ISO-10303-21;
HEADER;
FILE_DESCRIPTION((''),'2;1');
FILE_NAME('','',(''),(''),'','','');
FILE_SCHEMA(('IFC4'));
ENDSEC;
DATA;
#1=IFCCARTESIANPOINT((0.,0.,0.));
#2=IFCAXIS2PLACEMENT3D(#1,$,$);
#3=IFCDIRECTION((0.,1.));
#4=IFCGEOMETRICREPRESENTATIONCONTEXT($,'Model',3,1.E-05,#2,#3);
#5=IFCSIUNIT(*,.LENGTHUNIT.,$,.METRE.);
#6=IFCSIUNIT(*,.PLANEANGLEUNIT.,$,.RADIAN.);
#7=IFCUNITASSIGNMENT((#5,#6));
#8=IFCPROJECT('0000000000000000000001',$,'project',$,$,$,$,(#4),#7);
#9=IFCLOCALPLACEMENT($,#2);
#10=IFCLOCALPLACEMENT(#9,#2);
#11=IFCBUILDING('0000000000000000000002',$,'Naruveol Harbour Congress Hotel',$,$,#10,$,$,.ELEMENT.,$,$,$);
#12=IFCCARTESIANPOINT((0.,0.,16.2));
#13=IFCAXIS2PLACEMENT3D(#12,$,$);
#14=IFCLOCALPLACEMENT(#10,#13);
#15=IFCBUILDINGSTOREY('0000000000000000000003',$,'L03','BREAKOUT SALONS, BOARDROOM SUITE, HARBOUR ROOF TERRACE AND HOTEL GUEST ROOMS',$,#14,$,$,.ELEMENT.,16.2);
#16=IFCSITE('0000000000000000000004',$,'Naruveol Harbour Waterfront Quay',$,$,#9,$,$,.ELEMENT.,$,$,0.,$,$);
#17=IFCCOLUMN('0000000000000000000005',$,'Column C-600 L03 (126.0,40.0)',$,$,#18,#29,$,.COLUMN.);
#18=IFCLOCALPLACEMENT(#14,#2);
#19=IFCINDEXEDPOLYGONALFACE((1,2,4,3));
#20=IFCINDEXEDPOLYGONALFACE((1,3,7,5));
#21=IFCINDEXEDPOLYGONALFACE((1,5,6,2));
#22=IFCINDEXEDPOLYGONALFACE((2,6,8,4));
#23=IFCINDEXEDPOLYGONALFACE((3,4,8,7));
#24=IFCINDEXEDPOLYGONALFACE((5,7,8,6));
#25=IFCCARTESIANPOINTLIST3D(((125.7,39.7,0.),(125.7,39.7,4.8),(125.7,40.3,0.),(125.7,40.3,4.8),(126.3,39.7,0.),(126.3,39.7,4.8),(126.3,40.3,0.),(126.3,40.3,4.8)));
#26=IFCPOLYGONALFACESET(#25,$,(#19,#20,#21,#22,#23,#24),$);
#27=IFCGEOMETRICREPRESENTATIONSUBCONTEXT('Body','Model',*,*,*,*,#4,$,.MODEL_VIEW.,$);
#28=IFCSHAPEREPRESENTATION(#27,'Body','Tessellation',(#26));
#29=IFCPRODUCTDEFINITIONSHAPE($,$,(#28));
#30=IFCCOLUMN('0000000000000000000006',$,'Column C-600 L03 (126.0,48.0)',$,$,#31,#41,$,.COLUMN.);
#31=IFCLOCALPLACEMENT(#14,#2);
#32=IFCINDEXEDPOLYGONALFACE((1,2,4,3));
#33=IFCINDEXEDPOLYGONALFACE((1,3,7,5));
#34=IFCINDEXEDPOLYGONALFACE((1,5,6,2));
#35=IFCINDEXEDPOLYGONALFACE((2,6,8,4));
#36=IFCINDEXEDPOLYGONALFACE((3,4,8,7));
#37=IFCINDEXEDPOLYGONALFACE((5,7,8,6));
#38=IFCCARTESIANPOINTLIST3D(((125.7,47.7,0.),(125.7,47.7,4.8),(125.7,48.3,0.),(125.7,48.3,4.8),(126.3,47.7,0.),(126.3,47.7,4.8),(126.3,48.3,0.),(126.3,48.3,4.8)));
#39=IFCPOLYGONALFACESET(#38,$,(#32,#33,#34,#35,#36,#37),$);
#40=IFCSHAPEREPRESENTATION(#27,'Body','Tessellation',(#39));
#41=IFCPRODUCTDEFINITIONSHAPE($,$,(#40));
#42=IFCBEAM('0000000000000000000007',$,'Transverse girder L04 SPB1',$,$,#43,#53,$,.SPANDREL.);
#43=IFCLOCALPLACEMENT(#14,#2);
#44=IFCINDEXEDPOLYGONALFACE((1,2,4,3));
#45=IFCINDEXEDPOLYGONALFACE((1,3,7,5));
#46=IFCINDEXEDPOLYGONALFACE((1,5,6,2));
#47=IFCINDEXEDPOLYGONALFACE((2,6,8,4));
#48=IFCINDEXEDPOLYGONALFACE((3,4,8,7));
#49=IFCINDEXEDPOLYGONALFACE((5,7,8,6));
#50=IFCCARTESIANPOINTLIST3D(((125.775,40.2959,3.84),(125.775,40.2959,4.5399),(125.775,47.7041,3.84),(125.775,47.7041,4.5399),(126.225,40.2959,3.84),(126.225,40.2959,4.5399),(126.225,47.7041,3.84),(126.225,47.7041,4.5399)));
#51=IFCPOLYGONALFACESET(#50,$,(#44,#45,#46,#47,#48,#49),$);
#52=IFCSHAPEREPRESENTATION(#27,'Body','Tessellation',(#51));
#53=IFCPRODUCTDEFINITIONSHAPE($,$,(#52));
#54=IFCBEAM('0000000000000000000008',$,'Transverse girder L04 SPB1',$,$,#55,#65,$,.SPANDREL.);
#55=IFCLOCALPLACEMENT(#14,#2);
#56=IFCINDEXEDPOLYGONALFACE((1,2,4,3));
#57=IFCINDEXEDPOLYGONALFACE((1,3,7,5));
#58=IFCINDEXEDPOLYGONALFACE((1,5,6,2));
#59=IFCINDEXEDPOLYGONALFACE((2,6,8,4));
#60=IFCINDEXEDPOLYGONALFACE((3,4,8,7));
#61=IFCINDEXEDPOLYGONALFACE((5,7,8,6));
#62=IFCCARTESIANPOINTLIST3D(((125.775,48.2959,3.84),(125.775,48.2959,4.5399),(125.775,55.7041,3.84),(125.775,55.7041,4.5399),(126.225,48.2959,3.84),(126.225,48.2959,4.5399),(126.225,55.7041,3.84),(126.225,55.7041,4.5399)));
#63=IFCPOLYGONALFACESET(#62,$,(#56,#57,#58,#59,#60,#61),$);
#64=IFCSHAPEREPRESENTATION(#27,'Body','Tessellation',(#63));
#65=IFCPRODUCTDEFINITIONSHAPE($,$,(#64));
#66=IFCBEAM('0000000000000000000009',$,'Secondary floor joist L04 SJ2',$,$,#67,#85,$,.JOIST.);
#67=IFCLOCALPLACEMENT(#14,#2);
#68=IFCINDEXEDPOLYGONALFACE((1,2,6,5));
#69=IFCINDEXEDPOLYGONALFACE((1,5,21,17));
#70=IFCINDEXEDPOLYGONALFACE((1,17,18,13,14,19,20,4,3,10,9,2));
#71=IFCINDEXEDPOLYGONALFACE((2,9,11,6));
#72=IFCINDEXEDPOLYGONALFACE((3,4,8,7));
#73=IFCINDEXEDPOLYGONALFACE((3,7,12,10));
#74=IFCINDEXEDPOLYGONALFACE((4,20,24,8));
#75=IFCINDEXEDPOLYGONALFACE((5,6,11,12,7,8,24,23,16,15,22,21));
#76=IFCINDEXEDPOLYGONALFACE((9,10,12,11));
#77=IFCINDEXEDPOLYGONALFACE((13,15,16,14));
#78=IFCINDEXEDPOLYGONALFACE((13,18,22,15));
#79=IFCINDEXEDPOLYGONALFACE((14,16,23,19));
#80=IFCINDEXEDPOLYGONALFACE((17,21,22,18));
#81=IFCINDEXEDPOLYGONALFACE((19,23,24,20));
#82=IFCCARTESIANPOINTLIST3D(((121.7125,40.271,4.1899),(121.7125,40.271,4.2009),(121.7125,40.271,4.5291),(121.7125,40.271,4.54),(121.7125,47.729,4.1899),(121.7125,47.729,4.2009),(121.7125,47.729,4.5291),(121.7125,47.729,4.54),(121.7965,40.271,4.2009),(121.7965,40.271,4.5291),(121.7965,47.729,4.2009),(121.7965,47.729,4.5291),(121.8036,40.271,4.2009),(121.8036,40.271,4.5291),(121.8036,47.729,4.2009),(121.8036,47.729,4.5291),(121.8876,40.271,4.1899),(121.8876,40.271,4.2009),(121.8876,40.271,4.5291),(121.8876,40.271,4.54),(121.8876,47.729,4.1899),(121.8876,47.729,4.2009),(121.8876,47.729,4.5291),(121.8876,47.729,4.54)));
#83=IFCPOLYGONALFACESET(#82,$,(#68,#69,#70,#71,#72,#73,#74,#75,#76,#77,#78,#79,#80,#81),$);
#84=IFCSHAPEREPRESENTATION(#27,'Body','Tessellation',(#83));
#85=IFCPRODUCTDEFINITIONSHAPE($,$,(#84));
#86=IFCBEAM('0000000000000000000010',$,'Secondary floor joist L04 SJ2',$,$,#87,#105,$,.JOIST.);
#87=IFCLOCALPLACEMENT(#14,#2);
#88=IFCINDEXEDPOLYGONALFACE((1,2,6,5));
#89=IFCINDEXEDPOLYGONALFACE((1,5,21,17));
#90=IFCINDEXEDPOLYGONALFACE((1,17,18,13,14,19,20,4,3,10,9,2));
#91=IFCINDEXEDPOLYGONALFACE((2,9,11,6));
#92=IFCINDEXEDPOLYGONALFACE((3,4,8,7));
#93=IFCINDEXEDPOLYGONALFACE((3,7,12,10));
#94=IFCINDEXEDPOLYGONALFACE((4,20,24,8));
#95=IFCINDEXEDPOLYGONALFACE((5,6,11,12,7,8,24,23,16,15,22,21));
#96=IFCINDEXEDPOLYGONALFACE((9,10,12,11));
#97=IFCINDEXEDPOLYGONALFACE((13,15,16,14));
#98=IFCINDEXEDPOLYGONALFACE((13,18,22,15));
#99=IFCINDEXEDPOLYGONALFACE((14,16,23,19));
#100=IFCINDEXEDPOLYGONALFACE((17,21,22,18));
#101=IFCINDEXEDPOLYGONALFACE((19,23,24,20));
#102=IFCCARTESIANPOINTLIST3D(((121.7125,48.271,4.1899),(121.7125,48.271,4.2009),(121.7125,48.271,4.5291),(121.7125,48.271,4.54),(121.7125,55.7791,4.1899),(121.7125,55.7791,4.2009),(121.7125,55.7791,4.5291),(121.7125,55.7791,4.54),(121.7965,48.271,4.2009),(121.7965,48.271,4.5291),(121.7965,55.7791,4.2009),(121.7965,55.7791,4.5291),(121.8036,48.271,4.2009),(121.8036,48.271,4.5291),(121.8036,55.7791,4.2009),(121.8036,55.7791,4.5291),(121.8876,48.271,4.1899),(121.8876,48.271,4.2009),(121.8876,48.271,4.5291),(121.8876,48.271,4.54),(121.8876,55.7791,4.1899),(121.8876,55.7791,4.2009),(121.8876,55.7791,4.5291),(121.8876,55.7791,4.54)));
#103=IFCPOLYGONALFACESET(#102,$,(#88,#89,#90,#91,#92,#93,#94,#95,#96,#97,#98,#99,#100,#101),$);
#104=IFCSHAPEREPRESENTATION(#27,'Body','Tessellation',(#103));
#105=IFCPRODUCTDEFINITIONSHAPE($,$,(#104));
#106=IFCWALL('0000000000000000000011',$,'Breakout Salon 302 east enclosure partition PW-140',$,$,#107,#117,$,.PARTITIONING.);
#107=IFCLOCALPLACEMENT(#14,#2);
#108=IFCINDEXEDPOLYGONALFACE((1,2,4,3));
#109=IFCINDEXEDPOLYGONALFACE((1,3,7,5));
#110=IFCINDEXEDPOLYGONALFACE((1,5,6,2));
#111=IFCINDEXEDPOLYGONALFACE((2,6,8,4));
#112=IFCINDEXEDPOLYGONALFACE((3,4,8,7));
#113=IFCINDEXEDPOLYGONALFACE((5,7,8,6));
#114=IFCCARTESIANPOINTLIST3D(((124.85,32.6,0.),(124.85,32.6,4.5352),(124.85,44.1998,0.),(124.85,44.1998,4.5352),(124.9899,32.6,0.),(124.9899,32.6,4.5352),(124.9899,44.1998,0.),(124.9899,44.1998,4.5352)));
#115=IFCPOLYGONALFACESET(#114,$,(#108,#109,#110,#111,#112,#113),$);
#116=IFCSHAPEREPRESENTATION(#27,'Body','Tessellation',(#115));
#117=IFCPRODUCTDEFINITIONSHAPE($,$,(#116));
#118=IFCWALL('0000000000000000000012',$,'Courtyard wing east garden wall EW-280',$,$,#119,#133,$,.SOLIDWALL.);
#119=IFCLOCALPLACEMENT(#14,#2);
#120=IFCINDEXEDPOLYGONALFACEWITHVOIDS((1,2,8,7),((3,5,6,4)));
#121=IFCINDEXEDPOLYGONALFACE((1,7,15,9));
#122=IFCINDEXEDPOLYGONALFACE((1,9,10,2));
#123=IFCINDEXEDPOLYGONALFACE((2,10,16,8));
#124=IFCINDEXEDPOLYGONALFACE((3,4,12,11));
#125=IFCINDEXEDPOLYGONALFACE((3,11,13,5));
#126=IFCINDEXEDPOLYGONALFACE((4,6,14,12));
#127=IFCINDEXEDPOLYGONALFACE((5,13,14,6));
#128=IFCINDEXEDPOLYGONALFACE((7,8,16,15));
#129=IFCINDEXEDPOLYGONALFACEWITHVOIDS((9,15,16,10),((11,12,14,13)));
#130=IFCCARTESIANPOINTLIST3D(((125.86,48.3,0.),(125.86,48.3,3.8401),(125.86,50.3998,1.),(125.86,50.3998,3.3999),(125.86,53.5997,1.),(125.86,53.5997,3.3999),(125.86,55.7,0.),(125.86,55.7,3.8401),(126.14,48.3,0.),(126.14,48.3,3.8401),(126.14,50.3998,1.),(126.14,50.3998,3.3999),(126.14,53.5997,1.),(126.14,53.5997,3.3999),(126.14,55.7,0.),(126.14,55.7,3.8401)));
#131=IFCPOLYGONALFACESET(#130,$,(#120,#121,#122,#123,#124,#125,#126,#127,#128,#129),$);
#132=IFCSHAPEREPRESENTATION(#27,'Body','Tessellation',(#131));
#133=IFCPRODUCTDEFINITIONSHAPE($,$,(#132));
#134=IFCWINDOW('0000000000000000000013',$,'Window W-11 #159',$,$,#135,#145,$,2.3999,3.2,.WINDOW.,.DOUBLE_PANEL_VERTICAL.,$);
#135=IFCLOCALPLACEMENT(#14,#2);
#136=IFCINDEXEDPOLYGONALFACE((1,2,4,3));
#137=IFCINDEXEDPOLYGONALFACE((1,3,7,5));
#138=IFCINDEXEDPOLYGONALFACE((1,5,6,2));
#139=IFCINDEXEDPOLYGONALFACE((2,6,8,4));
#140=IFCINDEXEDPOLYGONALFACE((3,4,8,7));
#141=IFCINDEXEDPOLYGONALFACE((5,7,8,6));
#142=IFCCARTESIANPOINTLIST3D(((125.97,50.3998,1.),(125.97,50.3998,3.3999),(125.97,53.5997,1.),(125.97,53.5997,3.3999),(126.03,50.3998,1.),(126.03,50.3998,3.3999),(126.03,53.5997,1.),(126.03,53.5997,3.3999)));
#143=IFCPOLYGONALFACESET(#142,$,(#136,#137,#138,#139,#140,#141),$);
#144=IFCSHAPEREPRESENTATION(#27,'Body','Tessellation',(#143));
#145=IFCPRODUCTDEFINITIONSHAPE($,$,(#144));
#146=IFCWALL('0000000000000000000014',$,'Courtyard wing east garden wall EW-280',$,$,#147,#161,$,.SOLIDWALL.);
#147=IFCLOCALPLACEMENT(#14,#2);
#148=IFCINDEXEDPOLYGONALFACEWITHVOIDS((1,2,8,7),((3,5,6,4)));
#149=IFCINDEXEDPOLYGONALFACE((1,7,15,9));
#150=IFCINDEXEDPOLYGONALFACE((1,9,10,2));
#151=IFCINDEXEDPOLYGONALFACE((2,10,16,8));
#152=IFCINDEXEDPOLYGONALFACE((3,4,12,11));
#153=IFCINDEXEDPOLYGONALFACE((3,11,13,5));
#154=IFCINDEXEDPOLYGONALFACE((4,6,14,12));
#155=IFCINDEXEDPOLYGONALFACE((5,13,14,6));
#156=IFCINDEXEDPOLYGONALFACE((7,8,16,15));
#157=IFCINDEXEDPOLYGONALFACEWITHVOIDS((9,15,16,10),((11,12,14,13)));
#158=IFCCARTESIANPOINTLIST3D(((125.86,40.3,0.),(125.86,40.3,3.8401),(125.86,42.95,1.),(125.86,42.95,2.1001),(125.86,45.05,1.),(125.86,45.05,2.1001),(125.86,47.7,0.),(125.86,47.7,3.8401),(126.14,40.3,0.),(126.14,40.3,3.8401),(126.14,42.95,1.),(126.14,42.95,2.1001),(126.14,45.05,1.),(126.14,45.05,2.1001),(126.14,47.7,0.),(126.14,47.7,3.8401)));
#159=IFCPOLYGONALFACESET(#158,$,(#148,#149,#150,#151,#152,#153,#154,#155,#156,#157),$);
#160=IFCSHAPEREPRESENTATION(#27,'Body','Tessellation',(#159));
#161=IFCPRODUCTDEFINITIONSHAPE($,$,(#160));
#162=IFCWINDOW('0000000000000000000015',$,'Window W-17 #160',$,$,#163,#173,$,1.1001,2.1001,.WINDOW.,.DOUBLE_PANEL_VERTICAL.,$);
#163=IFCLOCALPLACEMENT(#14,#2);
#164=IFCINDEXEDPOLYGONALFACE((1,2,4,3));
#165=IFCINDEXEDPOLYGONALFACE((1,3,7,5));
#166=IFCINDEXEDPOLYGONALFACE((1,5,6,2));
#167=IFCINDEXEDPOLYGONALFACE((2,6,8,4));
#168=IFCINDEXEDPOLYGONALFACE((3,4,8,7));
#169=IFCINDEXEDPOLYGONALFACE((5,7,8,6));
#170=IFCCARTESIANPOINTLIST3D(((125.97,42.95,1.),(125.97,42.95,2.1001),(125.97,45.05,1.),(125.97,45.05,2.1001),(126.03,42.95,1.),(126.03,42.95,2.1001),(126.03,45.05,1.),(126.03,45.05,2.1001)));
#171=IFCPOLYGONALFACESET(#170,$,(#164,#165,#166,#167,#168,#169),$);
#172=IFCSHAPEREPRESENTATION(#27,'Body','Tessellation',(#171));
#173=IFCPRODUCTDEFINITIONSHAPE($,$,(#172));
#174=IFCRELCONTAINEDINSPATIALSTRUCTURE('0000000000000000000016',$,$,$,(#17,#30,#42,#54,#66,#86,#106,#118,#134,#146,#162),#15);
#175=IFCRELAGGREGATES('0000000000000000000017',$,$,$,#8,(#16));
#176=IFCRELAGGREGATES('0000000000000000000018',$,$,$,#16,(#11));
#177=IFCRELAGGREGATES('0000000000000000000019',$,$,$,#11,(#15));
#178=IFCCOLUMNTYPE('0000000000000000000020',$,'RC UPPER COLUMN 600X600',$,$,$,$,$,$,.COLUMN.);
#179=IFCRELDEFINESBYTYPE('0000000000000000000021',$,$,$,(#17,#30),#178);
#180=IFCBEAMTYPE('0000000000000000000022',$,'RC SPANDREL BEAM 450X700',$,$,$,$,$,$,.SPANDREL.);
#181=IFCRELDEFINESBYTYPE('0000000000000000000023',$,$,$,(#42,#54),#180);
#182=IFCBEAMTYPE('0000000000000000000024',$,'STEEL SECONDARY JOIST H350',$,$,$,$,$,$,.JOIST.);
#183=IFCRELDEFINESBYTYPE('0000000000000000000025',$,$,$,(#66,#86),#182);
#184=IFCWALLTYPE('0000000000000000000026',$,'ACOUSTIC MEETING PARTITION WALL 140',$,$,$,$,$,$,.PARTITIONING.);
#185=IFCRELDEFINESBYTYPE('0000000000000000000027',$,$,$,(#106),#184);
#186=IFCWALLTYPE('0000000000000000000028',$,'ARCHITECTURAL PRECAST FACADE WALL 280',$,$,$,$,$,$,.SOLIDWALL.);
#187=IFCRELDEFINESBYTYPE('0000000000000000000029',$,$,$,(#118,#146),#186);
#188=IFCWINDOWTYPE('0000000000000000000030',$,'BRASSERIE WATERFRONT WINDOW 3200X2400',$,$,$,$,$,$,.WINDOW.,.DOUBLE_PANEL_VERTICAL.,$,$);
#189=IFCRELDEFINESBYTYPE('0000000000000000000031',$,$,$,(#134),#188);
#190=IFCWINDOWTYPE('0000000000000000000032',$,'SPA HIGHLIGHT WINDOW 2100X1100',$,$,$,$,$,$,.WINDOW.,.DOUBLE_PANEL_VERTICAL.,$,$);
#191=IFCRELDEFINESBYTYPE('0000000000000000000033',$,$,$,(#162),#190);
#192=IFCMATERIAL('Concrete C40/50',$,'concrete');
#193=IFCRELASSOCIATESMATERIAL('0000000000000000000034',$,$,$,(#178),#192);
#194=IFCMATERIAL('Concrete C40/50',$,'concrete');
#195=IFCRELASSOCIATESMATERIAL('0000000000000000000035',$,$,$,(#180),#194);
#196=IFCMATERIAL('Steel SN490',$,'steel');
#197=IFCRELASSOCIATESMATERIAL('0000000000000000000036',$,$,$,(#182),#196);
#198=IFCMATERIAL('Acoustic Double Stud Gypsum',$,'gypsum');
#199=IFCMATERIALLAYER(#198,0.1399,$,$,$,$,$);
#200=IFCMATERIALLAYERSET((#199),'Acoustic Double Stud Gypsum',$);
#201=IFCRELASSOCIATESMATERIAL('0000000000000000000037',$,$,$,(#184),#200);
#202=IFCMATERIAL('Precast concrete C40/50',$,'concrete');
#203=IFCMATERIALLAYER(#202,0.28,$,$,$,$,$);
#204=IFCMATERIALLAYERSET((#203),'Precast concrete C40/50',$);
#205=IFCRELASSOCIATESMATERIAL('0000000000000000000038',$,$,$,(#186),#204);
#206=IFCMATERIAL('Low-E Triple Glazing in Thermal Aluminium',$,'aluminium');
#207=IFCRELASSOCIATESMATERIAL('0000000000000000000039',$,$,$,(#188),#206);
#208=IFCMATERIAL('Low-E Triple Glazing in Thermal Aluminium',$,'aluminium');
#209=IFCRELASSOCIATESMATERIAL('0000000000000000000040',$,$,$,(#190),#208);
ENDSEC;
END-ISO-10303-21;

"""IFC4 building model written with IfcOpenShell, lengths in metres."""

from ifc_helpers import new_model, si_unit, direction, frame, frame_2d, origin, origin_2d, place, context, subcontext, project, spatial, rectangle, i_section, extrude, material, layer, layer_set, material_profile, profile_set, type_object, element, fill, save


model = new_model("IFC4")

# Units and contexts
model_context = context("Model", 3, precision=1e-05, world=origin(), true_north=direction((0.0, 1.0)))
body_context = subcontext(model_context, "Body", "Model", "MODEL_VIEW")
ifc_project = project(units=[si_unit("LENGTHUNIT", "METRE"), si_unit("PLANEANGLEUNIT", "RADIAN")], contexts=[model_context])

# Site, building, storey
site_placement = place(None, origin())
site = spatial("IfcSite", under=ifc_project, at=site_placement, Name="Naruveol Harbour Waterfront Quay", CompositionType="ELEMENT", RefElevation=0.0)
building_placement = place(site_placement, origin())
building = spatial("IfcBuilding", under=site, at=building_placement, Name="Naruveol Harbour Congress Hotel", CompositionType="ELEMENT")
storey_placement = place(building_placement, frame((0.0, 0.0, 16.2)))
storey = spatial("IfcBuildingStorey", under=building, at=storey_placement, Name="L03", Description="BREAKOUT SALONS, BOARDROOM SUITE, HARBOUR ROOF TERRACE AND HOTEL GUEST ROOMS", CompositionType="ELEMENT", Elevation=16.2)

# Columns
ifc_material_1 = material(Name="Concrete C40/50", Category="concrete")
ifc_material_profile_1 = material_profile(ifc_material_1, rectangle(XDim=0.6001, YDim=0.6001, at=origin_2d()), Name="RC-600x600")
ifc_profile_set_1 = profile_set([ifc_material_profile_1], Name="Concrete C40/50")
column_type = type_object("IfcColumnType", Name="RC UPPER COLUMN 600X600", PredefinedType="COLUMN", material=ifc_profile_set_1)
for number, where, z_axis, x_axis, name in (
    (1, (126.0, 40.0, 0.0), (0.0, 0.0, 1.0), (1.0, 0.0, 0.0), "Column C-600 L03 (126.0,40.0)"),
    (2, (126.0, 48.0, 0.0), (0.0, 0.0, 1.0), (1.0, 0.0, 0.0), "Column C-600 L03 (126.0,48.0)"),
):
    element("IfcColumn", number, at=place(storey_placement, frame(where, z_axis=z_axis, x_axis=x_axis)), inside=storey, type_object=column_type, Name=name, PredefinedType="COLUMN", context=body_context, shape_type="SweptSolid", body=[
        extrude(rectangle(XDim=0.6001, YDim=0.6001, at=origin_2d()), origin(), (0.0, 0.0, 1.0), 4.8),
    ])

# Beams
ifc_material_2 = material(Name="Concrete C40/50", Category="concrete")
ifc_material_profile_2 = material_profile(ifc_material_2, rectangle(XDim=0.45, YDim=0.7, at=origin_2d()), Name="RCB-450x700")
ifc_profile_set_2 = profile_set([ifc_material_profile_2], Name="Concrete C40/50")
beam_type_1 = type_object("IfcBeamType", Name="RC SPANDREL BEAM 450X700", PredefinedType="SPANDREL", material=ifc_profile_set_2)
for number, where, z_axis, x_axis, name in (
    (3, (126.0, 40.2959, 4.1899), (0.0, 1.0, 0.0), (-1.0, 0.0, 0.0), "Transverse girder L04 SPB1"),
    (4, (126.0, 48.2959, 4.1899), (0.0, 1.0, 0.0), (-1.0, 0.0, 0.0), "Transverse girder L04 SPB1"),
):
    element("IfcBeam", number, at=place(storey_placement, frame(where, z_axis=z_axis, x_axis=x_axis)), inside=storey, type_object=beam_type_1, Name=name, PredefinedType="SPANDREL", context=body_context, shape_type="SweptSolid", body=[
        extrude(rectangle(XDim=0.45, YDim=0.7, at=origin_2d()), origin(), (0.0, 0.0, 1.0), 7.4082),
    ])
ifc_material_3 = material(Name="Steel SN490", Category="steel")
ifc_material_profile_3 = material_profile(ifc_material_3, i_section(OverallWidth=0.175, OverallDepth=0.3501, WebThickness=0.0071, FlangeThickness=0.011, at=origin_2d()), Name="H-350x175x7x11")
ifc_profile_set_3 = profile_set([ifc_material_profile_3], Name="Steel SN490")
beam_type_2 = type_object("IfcBeamType", Name="STEEL SECONDARY JOIST H350", PredefinedType="JOIST", material=ifc_profile_set_3)
beam_1_placement = place(storey_placement, frame((121.8, 40.271, 4.365), z_axis=(0.0, 1.0, 0.0), x_axis=(-1.0, 0.0, 0.0)))
element("IfcBeam", 5, at=beam_1_placement, inside=storey, type_object=beam_type_2, Name="Secondary floor joist L04 SJ2", PredefinedType="JOIST", context=body_context, shape_type="SweptSolid", body=[
    extrude(i_section(OverallWidth=0.175, OverallDepth=0.3501, WebThickness=0.0071, FlangeThickness=0.011, at=origin_2d()), origin(), (0.0, 0.0, 1.0), 7.458),
])
beam_2_placement = place(storey_placement, frame((121.8, 48.271, 4.365), z_axis=(0.0, 1.0, 0.0), x_axis=(-1.0, 0.0, 0.0)))
element("IfcBeam", 6, at=beam_2_placement, inside=storey, type_object=beam_type_2, Name="Secondary floor joist L04 SJ2", PredefinedType="JOIST", context=body_context, shape_type="SweptSolid", body=[
    extrude(i_section(OverallWidth=0.175, OverallDepth=0.3501, WebThickness=0.0071, FlangeThickness=0.011, at=origin_2d()), origin(), (0.0, 0.0, 1.0), 7.5081),
])

# Wall
ifc_material_4 = material(Name="Acoustic Double Stud Gypsum", Category="gypsum")
ifc_layer_1 = layer(ifc_material_4, 0.1399)
ifc_layer_set_1 = layer_set([ifc_layer_1], Name="Acoustic Double Stud Gypsum")
wall_type_1 = type_object("IfcWallType", Name="ACOUSTIC MEETING PARTITION WALL 140", PredefinedType="PARTITIONING", material=ifc_layer_set_1)
wall_1_placement = place(storey_placement, frame((124.9199, 32.6001, 0.0), z_axis=(0.0, 0.0, 1.0), x_axis=(0.0, 1.0, 0.0)))
element("IfcWall", 7, at=wall_1_placement, inside=storey, type_object=wall_type_1, Name="Breakout Salon 302 east enclosure partition PW-140", PredefinedType="PARTITIONING", context=body_context, shape_type="SweptSolid", body=[
    extrude(rectangle(XDim=11.5999, YDim=0.1399, at=frame_2d((5.7998, 0.0))), origin(), (0.0, 0.0, 1.0), 4.5352),
])

# Walls, openings, windows
ifc_material_5 = material(Name="Precast concrete C40/50", Category="concrete")
ifc_layer_2 = layer(ifc_material_5, 0.28)
ifc_layer_set_2 = layer_set([ifc_layer_2], Name="Precast concrete C40/50")
wall_type_2 = type_object("IfcWallType", Name="ARCHITECTURAL PRECAST FACADE WALL 280", PredefinedType="SOLIDWALL", material=ifc_layer_set_2)
wall_2_placement = place(storey_placement, frame((126.0, 55.7, 0.0), z_axis=(0.0, 0.0, 1.0), x_axis=(0.0, -1.0, 0.0)))
wall_2 = element("IfcWall", 8, at=wall_2_placement, inside=storey, type_object=wall_type_2, Name="Courtyard wing east garden wall EW-280", PredefinedType="SOLIDWALL", context=body_context, shape_type="SweptSolid", body=[
    extrude(rectangle(XDim=7.3999, YDim=0.28, at=frame_2d((3.7, 0.0))), origin(), (0.0, 0.0, 1.0), 3.8401),
])
opening_1_placement = place(wall_2_placement, frame((2.1001, 0.0, 1.0)))
opening_1 = element("IfcOpeningElement", 9, at=opening_1_placement, cuts=wall_2, PredefinedType="OPENING", context=body_context, shape_type="SweptSolid", body=[
    extrude(rectangle(XDim=3.2, YDim=2.3999, at=frame_2d((1.6001, 1.2))), frame((0.0, 0.1499, 0.0), z_axis=(0.0, -1.0, 0.0), x_axis=(1.0, 0.0, 0.0)), (0.0, 0.0, 1.0), 0.3),
])
ifc_material_6 = material(Name="Low-E Triple Glazing in Thermal Aluminium", Category="aluminium")
window_type_1 = type_object("IfcWindowType", Name="BRASSERIE WATERFRONT WINDOW 3200X2400", PartitioningType="DOUBLE_PANEL_VERTICAL", PredefinedType="WINDOW", material=ifc_material_6)
window_1_placement = place(opening_1_placement, origin())
window_1 = element("IfcWindow", 10, at=window_1_placement, inside=storey, type_object=window_type_1, Name="Window W-11 #159", OverallHeight=2.3999, OverallWidth=3.2, PartitioningType="DOUBLE_PANEL_VERTICAL", PredefinedType="WINDOW", context=body_context, shape_type="SweptSolid", body=[
    extrude(rectangle(XDim=3.2, YDim=2.3999, at=frame_2d((1.6001, 1.2))), frame((0.0, 0.03, 0.0), z_axis=(0.0, -1.0, 0.0), x_axis=(1.0, 0.0, 0.0)), (0.0, 0.0, 1.0), 0.0601),
])
fill(opening_1, window_1)
wall_3_placement = place(storey_placement, frame((126.0, 47.7, 0.0), z_axis=(0.0, 0.0, 1.0), x_axis=(0.0, -1.0, 0.0)))
wall_3 = element("IfcWall", 11, at=wall_3_placement, inside=storey, type_object=wall_type_2, Name="Courtyard wing east garden wall EW-280", PredefinedType="SOLIDWALL", context=body_context, shape_type="SweptSolid", body=[
    extrude(rectangle(XDim=7.3999, YDim=0.28, at=frame_2d((3.7, 0.0))), origin(), (0.0, 0.0, 1.0), 3.8401),
])
opening_2_placement = place(wall_3_placement, frame((2.6499, 0.0, 1.0)))
opening_2 = element("IfcOpeningElement", 12, at=opening_2_placement, cuts=wall_3, PredefinedType="OPENING", context=body_context, shape_type="SweptSolid", body=[
    extrude(rectangle(XDim=2.1001, YDim=1.1001, at=frame_2d((1.05, 0.55))), frame((0.0, 0.1499, 0.0), z_axis=(0.0, -1.0, 0.0), x_axis=(1.0, 0.0, 0.0)), (0.0, 0.0, 1.0), 0.3),
])
ifc_material_7 = material(Name="Low-E Triple Glazing in Thermal Aluminium", Category="aluminium")
window_type_2 = type_object("IfcWindowType", Name="SPA HIGHLIGHT WINDOW 2100X1100", PartitioningType="DOUBLE_PANEL_VERTICAL", PredefinedType="WINDOW", material=ifc_material_7)
window_2_placement = place(opening_2_placement, origin())
window_2 = element("IfcWindow", 13, at=window_2_placement, inside=storey, type_object=window_type_2, Name="Window W-17 #160", OverallHeight=1.1001, OverallWidth=2.1001, PartitioningType="DOUBLE_PANEL_VERTICAL", PredefinedType="WINDOW", context=body_context, shape_type="SweptSolid", body=[
    extrude(rectangle(XDim=2.1001, YDim=1.1001, at=frame_2d((1.05, 0.55))), frame((0.0, 0.03, 0.0), z_axis=(0.0, -1.0, 0.0), x_axis=(1.0, 0.0, 0.0)), (0.0, 0.0, 1.0), 0.0601),
])
fill(opening_2, window_2)

save(model, "model.ifc")
